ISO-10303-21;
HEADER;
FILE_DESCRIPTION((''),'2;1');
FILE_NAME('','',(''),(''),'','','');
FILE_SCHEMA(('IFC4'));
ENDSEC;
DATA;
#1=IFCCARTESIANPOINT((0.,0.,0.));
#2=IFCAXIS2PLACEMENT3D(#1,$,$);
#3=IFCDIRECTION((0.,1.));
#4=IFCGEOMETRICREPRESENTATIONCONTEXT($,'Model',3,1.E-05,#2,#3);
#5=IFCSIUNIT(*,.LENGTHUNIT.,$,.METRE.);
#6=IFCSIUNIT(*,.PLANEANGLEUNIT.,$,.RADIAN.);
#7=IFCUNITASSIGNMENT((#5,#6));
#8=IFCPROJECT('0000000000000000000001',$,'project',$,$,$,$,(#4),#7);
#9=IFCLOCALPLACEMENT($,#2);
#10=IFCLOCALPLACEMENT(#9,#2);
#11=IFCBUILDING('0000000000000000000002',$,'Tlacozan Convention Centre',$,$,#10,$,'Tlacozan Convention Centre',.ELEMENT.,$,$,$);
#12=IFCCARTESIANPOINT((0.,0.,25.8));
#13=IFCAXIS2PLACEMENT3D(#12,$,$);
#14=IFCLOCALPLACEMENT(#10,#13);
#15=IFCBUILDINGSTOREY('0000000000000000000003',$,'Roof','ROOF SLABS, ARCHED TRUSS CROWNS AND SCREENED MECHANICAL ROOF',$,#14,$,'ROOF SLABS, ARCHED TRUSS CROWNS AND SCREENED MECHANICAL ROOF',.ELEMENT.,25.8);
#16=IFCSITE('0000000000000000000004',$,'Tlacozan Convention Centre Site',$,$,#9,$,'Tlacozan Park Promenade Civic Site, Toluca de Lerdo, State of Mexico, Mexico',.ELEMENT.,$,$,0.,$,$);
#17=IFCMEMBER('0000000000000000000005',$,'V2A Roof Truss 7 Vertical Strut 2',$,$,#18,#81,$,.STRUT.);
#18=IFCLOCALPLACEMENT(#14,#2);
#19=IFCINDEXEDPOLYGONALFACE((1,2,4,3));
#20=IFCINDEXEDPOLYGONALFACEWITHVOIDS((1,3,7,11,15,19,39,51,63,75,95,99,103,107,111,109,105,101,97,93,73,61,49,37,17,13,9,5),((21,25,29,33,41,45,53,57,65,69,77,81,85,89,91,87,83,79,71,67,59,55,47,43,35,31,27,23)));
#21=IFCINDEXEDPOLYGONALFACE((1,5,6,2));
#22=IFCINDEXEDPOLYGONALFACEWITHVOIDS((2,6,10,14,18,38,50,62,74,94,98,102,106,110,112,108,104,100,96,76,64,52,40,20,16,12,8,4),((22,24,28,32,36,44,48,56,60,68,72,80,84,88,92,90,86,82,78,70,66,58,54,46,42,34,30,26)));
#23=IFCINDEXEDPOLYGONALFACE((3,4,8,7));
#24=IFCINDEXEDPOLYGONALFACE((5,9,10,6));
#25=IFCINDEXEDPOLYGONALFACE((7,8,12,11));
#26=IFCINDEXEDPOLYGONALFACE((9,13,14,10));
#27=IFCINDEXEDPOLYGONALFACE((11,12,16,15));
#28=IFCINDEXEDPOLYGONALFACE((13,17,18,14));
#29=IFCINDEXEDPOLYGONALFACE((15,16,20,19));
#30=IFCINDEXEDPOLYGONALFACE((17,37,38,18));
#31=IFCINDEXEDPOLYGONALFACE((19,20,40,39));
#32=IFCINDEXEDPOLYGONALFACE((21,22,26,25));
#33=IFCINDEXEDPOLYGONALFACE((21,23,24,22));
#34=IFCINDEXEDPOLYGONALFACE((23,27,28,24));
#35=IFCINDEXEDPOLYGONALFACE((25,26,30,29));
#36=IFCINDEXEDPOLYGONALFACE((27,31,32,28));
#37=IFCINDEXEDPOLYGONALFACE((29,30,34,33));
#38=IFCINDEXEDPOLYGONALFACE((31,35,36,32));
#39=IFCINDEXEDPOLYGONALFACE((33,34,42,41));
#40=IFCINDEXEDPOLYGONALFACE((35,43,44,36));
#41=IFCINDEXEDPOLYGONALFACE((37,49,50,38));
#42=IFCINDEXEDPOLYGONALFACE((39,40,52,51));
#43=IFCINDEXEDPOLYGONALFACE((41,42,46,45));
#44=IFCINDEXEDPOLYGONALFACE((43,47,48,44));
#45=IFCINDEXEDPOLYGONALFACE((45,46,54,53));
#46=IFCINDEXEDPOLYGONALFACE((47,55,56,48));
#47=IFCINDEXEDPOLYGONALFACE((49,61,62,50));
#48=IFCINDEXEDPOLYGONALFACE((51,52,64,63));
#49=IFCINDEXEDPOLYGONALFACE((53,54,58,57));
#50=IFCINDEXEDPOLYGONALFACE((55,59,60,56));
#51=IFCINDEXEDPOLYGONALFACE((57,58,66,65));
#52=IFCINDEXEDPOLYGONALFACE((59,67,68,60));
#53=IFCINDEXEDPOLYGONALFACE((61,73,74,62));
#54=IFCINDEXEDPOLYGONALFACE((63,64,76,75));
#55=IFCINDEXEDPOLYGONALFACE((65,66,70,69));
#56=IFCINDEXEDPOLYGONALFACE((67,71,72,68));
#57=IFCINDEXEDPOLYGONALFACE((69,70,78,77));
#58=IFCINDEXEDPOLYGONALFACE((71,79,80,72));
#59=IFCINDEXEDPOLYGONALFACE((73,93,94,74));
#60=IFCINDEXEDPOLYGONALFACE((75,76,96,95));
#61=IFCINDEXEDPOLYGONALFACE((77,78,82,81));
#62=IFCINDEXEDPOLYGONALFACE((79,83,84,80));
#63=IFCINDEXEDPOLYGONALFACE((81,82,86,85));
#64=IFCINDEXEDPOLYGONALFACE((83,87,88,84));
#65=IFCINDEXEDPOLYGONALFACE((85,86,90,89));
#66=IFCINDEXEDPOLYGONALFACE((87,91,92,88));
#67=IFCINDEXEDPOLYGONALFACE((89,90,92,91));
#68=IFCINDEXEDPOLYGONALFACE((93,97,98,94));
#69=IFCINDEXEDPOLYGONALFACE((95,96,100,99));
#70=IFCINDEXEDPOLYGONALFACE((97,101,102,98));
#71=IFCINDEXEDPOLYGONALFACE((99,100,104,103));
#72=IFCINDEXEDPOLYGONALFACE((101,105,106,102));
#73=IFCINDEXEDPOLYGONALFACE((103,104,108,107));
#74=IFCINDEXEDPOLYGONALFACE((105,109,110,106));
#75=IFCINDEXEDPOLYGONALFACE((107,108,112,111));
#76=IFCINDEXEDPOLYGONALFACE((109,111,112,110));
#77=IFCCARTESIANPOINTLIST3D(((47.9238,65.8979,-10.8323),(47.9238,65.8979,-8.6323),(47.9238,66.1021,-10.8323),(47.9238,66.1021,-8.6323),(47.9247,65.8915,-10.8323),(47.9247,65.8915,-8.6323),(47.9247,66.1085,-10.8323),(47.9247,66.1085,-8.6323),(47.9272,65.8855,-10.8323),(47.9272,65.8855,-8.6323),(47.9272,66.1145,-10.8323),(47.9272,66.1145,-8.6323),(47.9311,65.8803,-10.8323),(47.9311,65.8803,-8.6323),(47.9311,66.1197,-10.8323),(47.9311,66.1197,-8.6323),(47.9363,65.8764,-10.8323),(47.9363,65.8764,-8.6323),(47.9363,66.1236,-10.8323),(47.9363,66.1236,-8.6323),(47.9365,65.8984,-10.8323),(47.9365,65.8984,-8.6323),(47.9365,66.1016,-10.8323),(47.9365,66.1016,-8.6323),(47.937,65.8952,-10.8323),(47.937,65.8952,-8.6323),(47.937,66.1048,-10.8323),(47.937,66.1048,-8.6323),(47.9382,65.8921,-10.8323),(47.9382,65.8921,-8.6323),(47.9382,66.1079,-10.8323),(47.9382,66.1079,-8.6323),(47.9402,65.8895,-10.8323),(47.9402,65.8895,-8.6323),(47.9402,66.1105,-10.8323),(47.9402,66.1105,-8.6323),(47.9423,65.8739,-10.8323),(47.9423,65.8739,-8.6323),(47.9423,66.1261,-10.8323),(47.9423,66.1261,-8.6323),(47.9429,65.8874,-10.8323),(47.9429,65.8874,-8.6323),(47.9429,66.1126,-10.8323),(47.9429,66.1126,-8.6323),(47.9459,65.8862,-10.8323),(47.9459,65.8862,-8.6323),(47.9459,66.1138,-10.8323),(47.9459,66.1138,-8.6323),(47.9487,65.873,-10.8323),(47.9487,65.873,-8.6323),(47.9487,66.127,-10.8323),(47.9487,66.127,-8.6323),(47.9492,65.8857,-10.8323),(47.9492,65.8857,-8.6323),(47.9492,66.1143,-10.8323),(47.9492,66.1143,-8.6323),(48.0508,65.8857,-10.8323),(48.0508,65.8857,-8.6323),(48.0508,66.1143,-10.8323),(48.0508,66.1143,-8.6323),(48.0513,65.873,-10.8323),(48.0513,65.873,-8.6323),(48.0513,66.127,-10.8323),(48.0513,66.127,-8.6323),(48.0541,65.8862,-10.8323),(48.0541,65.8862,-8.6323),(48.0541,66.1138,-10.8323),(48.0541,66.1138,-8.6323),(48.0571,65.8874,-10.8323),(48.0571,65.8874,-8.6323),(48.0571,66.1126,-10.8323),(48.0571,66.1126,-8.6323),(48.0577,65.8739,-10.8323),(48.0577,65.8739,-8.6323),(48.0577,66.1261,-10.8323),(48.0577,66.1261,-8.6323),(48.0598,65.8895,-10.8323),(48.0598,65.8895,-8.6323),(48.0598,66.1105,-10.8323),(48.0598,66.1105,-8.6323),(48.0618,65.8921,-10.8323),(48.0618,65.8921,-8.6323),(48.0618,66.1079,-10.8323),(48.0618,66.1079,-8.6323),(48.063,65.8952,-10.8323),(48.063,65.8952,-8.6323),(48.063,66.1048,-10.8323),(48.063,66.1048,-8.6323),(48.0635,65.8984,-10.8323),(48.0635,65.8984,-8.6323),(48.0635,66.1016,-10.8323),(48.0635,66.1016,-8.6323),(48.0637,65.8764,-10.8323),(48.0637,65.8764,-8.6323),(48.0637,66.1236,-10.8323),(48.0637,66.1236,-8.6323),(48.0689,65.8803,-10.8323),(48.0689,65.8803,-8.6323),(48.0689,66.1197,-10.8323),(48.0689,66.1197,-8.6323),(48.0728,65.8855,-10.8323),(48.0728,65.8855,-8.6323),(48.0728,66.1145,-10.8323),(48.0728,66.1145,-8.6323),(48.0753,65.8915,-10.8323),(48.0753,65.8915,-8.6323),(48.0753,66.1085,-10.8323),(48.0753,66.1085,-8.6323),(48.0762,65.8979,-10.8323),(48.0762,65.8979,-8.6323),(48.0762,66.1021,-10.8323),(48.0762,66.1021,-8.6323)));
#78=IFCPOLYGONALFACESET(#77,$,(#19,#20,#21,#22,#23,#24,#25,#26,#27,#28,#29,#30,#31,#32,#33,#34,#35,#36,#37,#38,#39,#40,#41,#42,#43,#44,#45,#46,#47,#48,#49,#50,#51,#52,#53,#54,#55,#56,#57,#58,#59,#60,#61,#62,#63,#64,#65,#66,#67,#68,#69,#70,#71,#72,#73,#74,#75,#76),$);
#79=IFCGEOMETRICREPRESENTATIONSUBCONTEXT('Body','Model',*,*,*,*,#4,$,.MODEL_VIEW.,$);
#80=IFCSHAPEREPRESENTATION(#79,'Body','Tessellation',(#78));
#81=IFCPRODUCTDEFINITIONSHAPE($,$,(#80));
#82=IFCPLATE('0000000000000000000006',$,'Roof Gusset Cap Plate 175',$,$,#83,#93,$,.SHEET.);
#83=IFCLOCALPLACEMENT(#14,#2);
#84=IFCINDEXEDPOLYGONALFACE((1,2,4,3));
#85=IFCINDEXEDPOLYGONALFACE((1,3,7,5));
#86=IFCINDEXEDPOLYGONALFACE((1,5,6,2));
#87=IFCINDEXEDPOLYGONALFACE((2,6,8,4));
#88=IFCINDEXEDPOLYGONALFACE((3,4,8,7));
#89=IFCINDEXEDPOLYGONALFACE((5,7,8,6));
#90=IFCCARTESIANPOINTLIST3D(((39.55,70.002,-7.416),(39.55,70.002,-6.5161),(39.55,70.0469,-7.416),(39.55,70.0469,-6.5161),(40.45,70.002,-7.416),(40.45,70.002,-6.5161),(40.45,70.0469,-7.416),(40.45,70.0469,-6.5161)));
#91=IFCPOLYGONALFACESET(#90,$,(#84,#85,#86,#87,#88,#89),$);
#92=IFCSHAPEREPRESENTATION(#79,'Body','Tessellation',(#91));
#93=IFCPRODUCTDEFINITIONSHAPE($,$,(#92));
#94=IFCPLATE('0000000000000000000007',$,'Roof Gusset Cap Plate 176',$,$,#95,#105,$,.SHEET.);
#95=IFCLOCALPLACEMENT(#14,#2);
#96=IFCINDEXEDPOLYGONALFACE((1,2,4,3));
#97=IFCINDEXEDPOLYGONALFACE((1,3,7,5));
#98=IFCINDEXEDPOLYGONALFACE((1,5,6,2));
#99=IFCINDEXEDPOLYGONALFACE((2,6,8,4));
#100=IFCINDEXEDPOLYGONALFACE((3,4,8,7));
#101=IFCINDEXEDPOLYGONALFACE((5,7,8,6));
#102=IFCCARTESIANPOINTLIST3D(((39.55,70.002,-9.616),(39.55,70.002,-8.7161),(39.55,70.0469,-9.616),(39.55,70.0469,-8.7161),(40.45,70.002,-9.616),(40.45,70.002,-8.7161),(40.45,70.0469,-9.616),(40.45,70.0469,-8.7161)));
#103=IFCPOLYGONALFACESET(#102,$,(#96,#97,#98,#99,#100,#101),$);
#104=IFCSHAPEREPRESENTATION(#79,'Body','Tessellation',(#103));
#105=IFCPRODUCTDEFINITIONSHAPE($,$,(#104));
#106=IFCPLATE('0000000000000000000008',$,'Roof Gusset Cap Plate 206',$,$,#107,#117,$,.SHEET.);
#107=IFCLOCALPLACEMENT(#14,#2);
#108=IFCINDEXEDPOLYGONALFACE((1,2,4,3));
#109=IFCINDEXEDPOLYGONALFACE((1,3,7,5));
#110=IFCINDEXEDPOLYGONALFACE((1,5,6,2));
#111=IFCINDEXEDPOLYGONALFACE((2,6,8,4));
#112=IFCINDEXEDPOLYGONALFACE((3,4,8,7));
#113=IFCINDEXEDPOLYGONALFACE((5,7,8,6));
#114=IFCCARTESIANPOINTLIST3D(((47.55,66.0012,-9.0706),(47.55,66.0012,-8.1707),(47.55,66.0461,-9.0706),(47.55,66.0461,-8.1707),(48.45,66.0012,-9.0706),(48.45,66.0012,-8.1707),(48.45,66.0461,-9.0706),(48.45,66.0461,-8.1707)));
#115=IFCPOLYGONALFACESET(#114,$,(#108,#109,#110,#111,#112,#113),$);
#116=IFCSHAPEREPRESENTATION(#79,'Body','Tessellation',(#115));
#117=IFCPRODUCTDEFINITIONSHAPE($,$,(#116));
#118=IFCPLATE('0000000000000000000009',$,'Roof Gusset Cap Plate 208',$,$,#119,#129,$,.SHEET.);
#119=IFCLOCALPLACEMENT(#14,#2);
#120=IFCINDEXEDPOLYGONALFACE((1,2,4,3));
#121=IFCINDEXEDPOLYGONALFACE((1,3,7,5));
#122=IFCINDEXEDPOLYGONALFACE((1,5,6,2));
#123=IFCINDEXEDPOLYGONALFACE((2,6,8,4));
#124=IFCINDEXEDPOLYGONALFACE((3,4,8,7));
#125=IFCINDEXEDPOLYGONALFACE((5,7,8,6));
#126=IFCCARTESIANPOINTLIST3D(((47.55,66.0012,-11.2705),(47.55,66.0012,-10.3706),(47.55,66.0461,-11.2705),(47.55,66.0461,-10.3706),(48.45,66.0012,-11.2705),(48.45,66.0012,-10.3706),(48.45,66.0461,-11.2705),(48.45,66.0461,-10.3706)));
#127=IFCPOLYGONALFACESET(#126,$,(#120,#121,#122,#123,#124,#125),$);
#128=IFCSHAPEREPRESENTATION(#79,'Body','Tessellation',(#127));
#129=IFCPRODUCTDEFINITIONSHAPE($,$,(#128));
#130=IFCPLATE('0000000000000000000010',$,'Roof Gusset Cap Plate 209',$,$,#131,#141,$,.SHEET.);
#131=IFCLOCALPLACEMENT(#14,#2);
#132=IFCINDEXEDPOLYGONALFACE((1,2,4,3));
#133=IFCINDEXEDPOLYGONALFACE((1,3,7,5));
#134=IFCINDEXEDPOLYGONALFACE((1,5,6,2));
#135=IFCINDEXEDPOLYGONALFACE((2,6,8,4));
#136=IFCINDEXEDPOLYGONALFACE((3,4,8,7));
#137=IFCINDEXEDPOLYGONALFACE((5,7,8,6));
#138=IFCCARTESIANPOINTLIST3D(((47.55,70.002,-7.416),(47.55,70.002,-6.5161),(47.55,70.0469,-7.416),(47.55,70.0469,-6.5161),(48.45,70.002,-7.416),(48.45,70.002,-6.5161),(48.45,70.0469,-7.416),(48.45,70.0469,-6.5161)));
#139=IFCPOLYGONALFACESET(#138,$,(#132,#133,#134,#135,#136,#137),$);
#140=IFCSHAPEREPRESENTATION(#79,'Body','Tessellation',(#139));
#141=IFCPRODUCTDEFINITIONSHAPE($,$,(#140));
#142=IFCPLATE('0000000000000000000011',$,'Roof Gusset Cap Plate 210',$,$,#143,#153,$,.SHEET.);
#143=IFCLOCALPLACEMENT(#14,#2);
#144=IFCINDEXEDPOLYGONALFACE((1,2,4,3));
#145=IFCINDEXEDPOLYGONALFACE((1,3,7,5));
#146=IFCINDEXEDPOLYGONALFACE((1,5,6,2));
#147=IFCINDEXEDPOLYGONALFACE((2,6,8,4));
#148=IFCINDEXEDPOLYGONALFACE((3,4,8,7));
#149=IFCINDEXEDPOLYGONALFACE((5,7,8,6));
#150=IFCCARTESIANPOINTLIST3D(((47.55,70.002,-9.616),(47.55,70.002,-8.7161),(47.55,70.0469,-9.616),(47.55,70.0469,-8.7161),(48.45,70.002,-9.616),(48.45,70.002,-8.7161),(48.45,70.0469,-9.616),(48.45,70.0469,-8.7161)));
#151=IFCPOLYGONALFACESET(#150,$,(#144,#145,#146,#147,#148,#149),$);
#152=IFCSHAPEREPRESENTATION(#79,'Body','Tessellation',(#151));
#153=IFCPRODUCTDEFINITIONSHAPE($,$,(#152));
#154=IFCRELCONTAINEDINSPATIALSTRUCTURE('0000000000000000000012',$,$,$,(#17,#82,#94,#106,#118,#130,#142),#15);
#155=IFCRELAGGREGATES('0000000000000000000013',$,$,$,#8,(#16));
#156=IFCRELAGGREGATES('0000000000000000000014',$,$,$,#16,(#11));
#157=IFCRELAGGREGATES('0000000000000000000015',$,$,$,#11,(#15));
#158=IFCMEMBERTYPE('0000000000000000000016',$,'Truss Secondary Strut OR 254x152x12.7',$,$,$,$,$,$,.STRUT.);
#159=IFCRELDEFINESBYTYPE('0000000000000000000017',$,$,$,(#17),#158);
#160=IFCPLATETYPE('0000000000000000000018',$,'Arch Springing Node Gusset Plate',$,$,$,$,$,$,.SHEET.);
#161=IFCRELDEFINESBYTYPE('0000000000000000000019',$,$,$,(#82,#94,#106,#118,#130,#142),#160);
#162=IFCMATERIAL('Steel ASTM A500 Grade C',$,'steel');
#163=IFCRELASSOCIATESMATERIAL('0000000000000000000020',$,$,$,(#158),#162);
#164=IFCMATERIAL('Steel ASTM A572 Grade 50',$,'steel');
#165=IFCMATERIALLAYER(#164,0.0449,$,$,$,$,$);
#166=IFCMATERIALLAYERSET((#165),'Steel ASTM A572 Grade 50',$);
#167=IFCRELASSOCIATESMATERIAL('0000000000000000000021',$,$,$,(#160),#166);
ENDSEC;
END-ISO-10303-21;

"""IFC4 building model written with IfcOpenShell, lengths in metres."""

from ifc_helpers import new_model, si_unit, direction, frame, origin, origin_2d, place, context, subcontext, project, spatial, rectangle, hollow_rectangle, extrude, material, layer, layer_set, material_profile, profile_set, type_object, element, save


model = new_model("IFC4")

# Units and contexts
model_context = context("Model", 3, precision=1e-05, world=origin(), true_north=direction((0.0, 1.0)))
body_context = subcontext(model_context, "Body", "Model", "MODEL_VIEW")
ifc_project = project(units=[si_unit("LENGTHUNIT", "METRE"), si_unit("PLANEANGLEUNIT", "RADIAN")], contexts=[model_context])

# Site, building, storey
site_placement = place(None, origin())
site = spatial("IfcSite", under=ifc_project, at=site_placement, Name="Tlacozan Convention Centre Site", LongName="Tlacozan Park Promenade Civic Site, Toluca de Lerdo, State of Mexico, Mexico", CompositionType="ELEMENT", RefElevation=0.0)
building_placement = place(site_placement, origin())
building = spatial("IfcBuilding", under=site, at=building_placement, Name="Tlacozan Convention Centre", LongName="Tlacozan Convention Centre", CompositionType="ELEMENT")
storey_placement = place(building_placement, frame((0.0, 0.0, 25.8)))
storey = spatial("IfcBuildingStorey", under=building, at=storey_placement, Name="Roof", Description="ROOF SLABS, ARCHED TRUSS CROWNS AND SCREENED MECHANICAL ROOF", LongName="ROOF SLABS, ARCHED TRUSS CROWNS AND SCREENED MECHANICAL ROOF", CompositionType="ELEMENT", Elevation=25.8)

# Member
ifc_material_1 = material(Name="Steel ASTM A500 Grade C", Category="steel")
ifc_material_profile_1 = material_profile(ifc_material_1, hollow_rectangle(XDim=0.1523, YDim=0.2539, WallThickness=0.0127, InnerFilletRadius=0.0127, OuterFilletRadius=0.0249, at=origin_2d()), Name="OR 254x152x12.7")
ifc_profile_set_1 = profile_set([ifc_material_profile_1], Name="Steel ASTM A500 Grade C")
member_type_1 = type_object("IfcMemberType", Name="Truss Secondary Strut OR 254x152x12.7", PredefinedType="STRUT", material=ifc_profile_set_1)
member_1_placement = place(storey_placement, frame((48.0, 66.0, -10.8323), z_axis=(0.0, 0.0, 1.0), x_axis=(1.0, 0.0, 0.0)))
element("IfcMember", 1, at=member_1_placement, inside=storey, type_object=member_type_1, Name="V2A Roof Truss 7 Vertical Strut 2", PredefinedType="STRUT", context=body_context, shape_type="SweptSolid", body=[
    extrude(hollow_rectangle(XDim=0.1523, YDim=0.2539, WallThickness=0.0127, InnerFilletRadius=0.0127, OuterFilletRadius=0.0249, at=origin_2d()), origin(), (0.0, 0.0, 1.0), 2.2),
])

# Plates
ifc_material_2 = material(Name="Steel ASTM A572 Grade 50", Category="steel")
ifc_layer = layer(ifc_material_2, 0.0449)
ifc_layer_set = layer_set([ifc_layer], Name="Steel ASTM A572 Grade 50")
plate_type = type_object("IfcPlateType", Name="Arch Springing Node Gusset Plate", PredefinedType="SHEET", material=ifc_layer_set)
for number, where, z_axis, x_axis, name in (
    (2, (40.0, 70.0244, -7.416), (0.0, 0.0, 1.0), (0.0, 1.0, 0.0), "Roof Gusset Cap Plate 175"),
    (3, (40.0, 70.0244, -9.616), (0.0, 0.0, 1.0), (0.0, 1.0, 0.0), "Roof Gusset Cap Plate 176"),
    (4, (48.0, 66.0237, -9.0706), (0.0, 0.0, 1.0), (0.0, 1.0, 0.0), "Roof Gusset Cap Plate 206"),
    (5, (48.0, 66.0237, -11.2705), (0.0, 0.0, 1.0), (0.0, 1.0, 0.0), "Roof Gusset Cap Plate 208"),
    (6, (48.0, 70.0244, -7.416), (0.0, 0.0, 1.0), (0.0, 1.0, 0.0), "Roof Gusset Cap Plate 209"),
    (7, (48.0, 70.0244, -9.616), (0.0, 0.0, 1.0), (0.0, 1.0, 0.0), "Roof Gusset Cap Plate 210"),
):
    element("IfcPlate", number, at=place(storey_placement, frame(where, z_axis=z_axis, x_axis=x_axis)), inside=storey, type_object=plate_type, Name=name, PredefinedType="SHEET", context=body_context, shape_type="SweptSolid", body=[
        extrude(rectangle(XDim=0.0449, YDim=0.8999, at=origin_2d()), origin(), (0.0, 0.0, 1.0), 0.8999),
    ])

save(model, "model.ifc")
